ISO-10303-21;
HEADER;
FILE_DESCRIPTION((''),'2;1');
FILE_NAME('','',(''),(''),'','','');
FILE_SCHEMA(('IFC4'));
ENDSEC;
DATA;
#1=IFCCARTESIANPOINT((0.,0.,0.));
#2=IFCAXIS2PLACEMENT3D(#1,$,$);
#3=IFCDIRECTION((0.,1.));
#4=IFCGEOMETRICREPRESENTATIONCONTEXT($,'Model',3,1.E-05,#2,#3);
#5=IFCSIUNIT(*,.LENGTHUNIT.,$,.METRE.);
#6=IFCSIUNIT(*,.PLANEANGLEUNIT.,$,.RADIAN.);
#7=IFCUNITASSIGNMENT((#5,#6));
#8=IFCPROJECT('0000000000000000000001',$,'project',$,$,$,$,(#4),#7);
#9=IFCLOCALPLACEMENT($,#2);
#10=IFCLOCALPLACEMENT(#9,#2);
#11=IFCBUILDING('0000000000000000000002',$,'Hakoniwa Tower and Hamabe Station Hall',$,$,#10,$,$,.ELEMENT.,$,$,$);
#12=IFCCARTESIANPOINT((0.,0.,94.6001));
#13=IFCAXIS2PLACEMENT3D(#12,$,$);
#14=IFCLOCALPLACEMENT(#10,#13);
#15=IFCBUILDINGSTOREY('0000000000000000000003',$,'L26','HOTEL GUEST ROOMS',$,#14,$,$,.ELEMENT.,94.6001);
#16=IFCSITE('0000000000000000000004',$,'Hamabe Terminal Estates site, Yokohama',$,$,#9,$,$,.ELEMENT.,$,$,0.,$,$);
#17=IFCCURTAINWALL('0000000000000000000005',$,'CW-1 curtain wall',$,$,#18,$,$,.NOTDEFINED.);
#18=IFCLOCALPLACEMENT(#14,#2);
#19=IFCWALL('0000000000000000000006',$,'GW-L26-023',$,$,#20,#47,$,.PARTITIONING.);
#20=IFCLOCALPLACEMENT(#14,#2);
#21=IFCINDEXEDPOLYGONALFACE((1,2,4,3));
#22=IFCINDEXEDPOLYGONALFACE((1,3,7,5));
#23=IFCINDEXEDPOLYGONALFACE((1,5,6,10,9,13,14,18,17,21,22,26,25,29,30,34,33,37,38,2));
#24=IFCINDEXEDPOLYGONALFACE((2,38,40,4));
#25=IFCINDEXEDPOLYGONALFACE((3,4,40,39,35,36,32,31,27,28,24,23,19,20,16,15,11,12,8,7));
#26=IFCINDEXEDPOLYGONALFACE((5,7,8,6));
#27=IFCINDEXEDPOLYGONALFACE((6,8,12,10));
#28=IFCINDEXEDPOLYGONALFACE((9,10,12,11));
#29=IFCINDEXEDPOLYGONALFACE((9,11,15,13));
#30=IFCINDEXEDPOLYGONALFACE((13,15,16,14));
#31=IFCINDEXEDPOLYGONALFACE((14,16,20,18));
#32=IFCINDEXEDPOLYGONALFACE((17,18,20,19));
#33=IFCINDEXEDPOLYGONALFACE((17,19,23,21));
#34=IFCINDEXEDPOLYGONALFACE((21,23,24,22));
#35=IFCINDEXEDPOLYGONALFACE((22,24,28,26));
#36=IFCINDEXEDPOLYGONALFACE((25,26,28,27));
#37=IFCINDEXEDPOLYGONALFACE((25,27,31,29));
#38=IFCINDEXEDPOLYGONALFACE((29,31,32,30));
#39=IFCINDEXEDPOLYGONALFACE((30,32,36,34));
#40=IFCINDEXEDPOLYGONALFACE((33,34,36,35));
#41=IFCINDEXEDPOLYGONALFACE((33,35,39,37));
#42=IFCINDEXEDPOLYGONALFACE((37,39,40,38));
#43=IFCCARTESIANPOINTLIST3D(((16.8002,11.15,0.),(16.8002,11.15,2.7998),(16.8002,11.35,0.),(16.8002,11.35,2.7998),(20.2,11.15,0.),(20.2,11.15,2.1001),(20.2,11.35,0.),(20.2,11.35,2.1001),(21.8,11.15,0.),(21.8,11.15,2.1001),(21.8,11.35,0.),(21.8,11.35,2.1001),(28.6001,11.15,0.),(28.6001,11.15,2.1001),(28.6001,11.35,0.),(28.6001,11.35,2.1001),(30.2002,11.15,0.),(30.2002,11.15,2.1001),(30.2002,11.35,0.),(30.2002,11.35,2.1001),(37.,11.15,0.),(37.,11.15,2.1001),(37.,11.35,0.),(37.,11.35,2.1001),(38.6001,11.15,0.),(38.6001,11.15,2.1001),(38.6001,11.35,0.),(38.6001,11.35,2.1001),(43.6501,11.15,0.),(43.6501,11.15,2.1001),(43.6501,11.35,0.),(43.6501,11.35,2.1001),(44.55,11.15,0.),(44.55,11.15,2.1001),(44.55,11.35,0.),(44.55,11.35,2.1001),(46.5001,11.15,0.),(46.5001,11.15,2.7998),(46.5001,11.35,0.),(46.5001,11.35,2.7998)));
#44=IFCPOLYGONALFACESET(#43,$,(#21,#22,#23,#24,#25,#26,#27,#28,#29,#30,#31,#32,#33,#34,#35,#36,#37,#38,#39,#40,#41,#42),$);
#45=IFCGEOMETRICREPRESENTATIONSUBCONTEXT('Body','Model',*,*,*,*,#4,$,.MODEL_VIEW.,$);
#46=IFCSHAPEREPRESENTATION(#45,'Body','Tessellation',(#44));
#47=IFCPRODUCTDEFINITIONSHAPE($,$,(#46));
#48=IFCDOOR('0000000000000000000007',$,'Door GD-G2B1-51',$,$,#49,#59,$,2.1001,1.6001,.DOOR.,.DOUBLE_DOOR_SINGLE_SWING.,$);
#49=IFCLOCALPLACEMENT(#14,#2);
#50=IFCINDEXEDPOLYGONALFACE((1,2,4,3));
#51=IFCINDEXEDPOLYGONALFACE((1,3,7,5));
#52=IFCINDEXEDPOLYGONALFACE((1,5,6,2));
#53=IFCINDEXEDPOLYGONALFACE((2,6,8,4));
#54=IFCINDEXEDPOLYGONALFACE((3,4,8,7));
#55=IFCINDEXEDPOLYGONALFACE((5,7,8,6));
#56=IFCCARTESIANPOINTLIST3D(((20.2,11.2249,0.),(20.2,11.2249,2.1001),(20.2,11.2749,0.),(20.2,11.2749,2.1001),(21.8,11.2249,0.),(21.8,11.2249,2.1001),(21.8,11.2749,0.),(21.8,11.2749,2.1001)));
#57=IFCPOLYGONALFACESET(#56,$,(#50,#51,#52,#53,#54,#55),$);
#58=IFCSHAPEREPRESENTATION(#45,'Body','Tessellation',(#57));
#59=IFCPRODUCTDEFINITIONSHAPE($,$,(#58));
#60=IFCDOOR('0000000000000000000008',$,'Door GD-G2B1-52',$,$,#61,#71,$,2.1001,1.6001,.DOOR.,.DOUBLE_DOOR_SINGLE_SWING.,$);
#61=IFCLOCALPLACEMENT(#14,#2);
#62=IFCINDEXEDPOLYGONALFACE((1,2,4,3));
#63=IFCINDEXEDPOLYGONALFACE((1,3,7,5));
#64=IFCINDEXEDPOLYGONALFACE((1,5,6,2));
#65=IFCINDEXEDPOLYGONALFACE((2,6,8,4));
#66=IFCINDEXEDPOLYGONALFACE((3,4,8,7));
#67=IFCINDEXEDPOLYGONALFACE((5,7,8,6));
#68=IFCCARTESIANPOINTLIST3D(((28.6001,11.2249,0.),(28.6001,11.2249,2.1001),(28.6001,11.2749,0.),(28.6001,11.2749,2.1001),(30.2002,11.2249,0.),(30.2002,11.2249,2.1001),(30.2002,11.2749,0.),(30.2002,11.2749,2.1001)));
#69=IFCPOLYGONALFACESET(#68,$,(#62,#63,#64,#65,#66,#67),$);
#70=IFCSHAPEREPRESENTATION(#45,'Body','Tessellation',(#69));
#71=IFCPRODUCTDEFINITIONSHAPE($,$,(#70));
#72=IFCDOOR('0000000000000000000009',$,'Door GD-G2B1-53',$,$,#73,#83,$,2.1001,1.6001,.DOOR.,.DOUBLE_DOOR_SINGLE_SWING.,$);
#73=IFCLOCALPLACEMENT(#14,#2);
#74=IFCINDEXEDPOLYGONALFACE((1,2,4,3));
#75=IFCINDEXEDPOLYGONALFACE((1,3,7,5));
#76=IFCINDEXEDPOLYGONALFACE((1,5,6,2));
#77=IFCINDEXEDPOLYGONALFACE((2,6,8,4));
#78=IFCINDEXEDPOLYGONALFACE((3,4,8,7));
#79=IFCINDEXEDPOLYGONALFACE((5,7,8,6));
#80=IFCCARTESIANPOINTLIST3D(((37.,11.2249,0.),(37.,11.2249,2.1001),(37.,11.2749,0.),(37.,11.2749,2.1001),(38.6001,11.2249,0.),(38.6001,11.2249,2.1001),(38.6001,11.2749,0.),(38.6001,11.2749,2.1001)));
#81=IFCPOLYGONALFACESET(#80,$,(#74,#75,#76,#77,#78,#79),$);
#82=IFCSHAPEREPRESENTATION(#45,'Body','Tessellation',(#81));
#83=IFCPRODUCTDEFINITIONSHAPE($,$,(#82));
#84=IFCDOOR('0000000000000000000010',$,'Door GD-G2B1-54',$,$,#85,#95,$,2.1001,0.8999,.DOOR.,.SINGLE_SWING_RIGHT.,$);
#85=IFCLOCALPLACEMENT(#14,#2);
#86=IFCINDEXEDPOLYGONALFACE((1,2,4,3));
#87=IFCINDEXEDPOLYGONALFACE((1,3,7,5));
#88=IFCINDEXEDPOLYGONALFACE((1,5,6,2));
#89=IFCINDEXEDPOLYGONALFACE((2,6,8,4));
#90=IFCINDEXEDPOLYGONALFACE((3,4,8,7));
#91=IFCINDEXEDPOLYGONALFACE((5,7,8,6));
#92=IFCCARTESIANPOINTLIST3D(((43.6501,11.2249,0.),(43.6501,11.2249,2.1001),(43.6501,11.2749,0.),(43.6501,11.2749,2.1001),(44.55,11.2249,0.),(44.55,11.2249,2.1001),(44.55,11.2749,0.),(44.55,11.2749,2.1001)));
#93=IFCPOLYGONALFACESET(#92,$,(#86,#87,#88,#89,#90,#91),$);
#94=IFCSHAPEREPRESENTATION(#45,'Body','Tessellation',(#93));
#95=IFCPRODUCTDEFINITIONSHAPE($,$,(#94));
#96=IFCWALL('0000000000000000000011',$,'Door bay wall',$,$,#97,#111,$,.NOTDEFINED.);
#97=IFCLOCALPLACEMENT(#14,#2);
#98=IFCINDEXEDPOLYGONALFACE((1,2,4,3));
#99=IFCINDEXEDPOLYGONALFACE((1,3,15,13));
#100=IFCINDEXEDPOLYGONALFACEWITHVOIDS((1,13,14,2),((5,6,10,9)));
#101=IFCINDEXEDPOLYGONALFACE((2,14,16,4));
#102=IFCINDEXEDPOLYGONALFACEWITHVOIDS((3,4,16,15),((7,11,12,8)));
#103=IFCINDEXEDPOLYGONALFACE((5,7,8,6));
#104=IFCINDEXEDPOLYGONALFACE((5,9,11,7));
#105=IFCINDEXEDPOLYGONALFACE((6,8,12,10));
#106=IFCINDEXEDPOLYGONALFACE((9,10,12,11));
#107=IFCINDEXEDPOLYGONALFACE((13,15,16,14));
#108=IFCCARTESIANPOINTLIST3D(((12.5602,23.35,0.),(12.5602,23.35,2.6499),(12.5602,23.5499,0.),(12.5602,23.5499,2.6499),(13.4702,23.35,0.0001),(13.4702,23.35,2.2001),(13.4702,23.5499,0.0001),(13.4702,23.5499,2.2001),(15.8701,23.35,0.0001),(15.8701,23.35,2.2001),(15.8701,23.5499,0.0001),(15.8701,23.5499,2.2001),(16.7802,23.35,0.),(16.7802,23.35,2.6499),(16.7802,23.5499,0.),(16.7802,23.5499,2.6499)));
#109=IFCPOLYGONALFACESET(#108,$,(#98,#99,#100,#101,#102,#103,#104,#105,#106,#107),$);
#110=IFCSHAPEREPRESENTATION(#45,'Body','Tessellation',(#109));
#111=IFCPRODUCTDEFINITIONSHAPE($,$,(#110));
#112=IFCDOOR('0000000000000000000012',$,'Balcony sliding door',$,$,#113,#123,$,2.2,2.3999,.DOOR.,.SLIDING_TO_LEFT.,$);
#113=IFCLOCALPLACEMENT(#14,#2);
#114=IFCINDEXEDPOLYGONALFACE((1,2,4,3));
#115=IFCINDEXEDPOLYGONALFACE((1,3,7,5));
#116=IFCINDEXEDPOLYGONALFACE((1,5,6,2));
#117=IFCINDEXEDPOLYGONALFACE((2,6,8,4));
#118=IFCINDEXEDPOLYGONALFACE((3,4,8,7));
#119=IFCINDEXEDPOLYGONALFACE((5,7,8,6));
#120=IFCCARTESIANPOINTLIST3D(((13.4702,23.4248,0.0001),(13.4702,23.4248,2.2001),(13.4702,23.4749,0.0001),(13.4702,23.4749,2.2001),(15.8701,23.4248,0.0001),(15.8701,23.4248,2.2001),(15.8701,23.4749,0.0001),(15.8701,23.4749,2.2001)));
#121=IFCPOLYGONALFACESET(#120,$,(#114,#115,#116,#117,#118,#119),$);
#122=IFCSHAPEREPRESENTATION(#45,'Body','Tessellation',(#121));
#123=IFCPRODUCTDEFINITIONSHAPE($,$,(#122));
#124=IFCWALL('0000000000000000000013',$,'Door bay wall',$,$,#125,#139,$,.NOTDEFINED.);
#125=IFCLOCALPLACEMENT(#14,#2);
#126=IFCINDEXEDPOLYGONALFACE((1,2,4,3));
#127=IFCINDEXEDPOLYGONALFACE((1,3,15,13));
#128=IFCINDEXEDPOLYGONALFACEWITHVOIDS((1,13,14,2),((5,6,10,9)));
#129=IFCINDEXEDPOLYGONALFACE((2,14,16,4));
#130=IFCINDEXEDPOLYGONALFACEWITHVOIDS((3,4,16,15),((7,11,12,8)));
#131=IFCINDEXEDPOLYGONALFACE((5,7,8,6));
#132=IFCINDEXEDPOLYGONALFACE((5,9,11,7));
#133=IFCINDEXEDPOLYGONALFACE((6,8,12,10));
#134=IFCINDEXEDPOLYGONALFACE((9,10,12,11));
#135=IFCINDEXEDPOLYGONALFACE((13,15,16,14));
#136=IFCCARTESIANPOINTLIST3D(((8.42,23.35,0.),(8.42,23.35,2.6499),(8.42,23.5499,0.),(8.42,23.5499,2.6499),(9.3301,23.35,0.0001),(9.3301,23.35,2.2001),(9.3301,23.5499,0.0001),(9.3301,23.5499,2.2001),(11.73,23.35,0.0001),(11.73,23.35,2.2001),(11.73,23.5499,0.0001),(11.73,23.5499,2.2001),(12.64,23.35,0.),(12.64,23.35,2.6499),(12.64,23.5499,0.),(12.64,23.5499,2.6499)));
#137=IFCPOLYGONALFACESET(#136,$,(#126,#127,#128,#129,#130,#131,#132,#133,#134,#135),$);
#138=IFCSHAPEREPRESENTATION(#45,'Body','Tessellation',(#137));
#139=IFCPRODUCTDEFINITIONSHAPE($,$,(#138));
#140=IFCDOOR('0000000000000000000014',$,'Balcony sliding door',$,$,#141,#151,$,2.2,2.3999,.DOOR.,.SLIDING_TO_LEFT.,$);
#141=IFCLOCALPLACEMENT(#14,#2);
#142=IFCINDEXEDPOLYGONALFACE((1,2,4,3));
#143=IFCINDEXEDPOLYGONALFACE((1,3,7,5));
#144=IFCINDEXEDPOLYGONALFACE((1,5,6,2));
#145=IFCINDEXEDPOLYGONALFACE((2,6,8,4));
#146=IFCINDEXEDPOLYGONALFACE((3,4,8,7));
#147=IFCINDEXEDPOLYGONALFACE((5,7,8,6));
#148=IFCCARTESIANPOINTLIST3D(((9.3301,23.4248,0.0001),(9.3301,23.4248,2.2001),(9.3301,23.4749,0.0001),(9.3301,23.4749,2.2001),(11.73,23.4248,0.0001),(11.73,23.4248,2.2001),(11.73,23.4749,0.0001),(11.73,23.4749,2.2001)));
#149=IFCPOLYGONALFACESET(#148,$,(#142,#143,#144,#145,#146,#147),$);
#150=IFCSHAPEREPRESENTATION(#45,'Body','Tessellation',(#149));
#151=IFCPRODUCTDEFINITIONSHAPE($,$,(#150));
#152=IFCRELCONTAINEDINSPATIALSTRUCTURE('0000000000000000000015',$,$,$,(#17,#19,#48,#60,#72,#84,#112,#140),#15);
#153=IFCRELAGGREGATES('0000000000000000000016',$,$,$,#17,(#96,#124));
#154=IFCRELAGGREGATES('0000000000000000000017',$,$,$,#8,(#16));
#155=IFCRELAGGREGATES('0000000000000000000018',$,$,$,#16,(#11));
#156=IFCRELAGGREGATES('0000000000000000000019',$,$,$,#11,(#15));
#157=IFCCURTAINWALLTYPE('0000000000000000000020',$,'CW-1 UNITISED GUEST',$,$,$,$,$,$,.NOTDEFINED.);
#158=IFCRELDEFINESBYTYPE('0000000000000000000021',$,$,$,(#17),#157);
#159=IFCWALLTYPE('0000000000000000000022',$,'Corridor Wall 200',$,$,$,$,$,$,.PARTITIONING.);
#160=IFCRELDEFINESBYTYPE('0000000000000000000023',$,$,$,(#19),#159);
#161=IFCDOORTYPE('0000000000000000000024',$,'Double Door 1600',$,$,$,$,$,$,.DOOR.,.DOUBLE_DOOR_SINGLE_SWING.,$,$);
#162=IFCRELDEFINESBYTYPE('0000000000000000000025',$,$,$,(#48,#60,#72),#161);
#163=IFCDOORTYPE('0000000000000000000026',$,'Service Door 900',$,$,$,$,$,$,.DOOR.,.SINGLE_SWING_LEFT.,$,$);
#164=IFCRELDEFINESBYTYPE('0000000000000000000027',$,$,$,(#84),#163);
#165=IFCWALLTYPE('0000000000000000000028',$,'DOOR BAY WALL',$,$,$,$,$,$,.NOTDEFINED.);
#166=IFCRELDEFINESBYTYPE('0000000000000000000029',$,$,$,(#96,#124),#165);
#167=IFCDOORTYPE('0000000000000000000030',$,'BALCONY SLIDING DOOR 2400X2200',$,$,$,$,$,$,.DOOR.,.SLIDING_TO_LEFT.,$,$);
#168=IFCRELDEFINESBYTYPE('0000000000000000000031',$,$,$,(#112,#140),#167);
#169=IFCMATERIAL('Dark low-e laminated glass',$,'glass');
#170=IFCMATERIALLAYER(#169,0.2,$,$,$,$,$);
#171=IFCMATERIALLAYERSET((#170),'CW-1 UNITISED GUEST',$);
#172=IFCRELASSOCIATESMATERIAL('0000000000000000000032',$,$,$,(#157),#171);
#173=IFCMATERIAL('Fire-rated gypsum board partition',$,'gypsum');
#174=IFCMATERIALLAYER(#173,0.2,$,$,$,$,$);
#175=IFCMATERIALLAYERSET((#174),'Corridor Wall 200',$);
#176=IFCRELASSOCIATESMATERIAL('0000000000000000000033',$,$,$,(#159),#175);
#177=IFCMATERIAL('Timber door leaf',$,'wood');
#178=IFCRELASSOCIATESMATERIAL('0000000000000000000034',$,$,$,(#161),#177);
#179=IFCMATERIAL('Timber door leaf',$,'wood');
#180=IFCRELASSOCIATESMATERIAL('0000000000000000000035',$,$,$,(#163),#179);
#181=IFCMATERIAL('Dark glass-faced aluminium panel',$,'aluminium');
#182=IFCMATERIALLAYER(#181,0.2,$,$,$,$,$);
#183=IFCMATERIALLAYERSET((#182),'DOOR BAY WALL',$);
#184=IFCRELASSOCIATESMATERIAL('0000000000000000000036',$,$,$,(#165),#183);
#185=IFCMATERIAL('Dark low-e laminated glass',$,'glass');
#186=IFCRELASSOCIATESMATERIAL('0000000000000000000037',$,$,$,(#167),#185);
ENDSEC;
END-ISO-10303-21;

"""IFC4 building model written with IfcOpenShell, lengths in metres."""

from ifc_helpers import new_model, si_unit, direction, frame, frame_2d, origin, place, context, subcontext, project, spatial, rectangle, extrude, material, layer, layer_set, type_object, element, fill, aggregate, save


model = new_model("IFC4")

# Units and contexts
model_context = context("Model", 3, precision=1e-05, world=origin(), true_north=direction((0.0, 1.0)))
body_context = subcontext(model_context, "Body", "Model", "MODEL_VIEW")
ifc_project = project(units=[si_unit("LENGTHUNIT", "METRE"), si_unit("PLANEANGLEUNIT", "RADIAN")], contexts=[model_context])

# Site, building, storey
site_placement = place(None, origin())
site = spatial("IfcSite", under=ifc_project, at=site_placement, Name="Hamabe Terminal Estates site, Yokohama", CompositionType="ELEMENT", RefElevation=0.0)
building_placement = place(site_placement, origin())
building = spatial("IfcBuilding", under=site, at=building_placement, Name="Hakoniwa Tower and Hamabe Station Hall", CompositionType="ELEMENT")
storey_placement = place(building_placement, frame((0.0, 0.0, 94.6001)))
storey = spatial("IfcBuildingStorey", under=building, at=storey_placement, Name="L26", Description="HOTEL GUEST ROOMS", CompositionType="ELEMENT", Elevation=94.6001)

# Curtain wall
ifc_material_1 = material(Name="Dark low-e laminated glass", Category="glass")
ifc_layer_1 = layer(ifc_material_1, 0.2)
ifc_layer_set_1 = layer_set([ifc_layer_1], Name="CW-1 UNITISED GUEST")
curtain_wall_type = type_object("IfcCurtainWallType", Name="CW-1 UNITISED GUEST", PredefinedType="NOTDEFINED", material=ifc_layer_set_1)
curtain_wall_placement = place(storey_placement, origin())
curtain_wall = element("IfcCurtainWall", 1, at=curtain_wall_placement, inside=storey, type_object=curtain_wall_type, Name="CW-1 curtain wall", PredefinedType="NOTDEFINED")

# Wall, openings, doors
ifc_material_2 = material(Name="Fire-rated gypsum board partition", Category="gypsum")
ifc_layer_2 = layer(ifc_material_2, 0.2)
ifc_layer_set_2 = layer_set([ifc_layer_2], Name="Corridor Wall 200")
wall_type_1 = type_object("IfcWallType", Name="Corridor Wall 200", PredefinedType="PARTITIONING", material=ifc_layer_set_2)
wall_1_placement = place(storey_placement, frame((16.8, 11.25, 0.0), z_axis=(0.0, 0.0, 1.0), x_axis=(1.0, 0.0, 0.0)))
wall_1 = element("IfcWall", 2, at=wall_1_placement, inside=storey, type_object=wall_type_1, Name="GW-L26-023", PredefinedType="PARTITIONING", context=body_context, shape_type="SweptSolid", body=[
    extrude(rectangle(XDim=29.7, YDim=0.2, at=frame_2d((14.8501, 0.0))), origin(), (0.0, 0.0, 1.0), 2.7998),
])
opening_1_placement = place(wall_1_placement, frame((3.3999, 0.0, 0.0)))
opening_1 = element("IfcOpeningElement", 3, at=opening_1_placement, cuts=wall_1, PredefinedType="OPENING", context=body_context, shape_type="SweptSolid", body=[
    extrude(rectangle(XDim=1.6001, YDim=2.1001, at=frame_2d((0.8, 1.05))), frame((0.0, 0.1099, 0.0), z_axis=(0.0, -1.0, 0.0), x_axis=(1.0, 0.0, 0.0)), (0.0, 0.0, 1.0), 0.22),
])
opening_2_placement = place(wall_1_placement, frame((11.8, 0.0, 0.0)))
opening_2 = element("IfcOpeningElement", 4, at=opening_2_placement, cuts=wall_1, PredefinedType="OPENING", context=body_context, shape_type="SweptSolid", body=[
    extrude(rectangle(XDim=1.6001, YDim=2.1001, at=frame_2d((0.8, 1.05))), frame((0.0, 0.1099, 0.0), z_axis=(0.0, -1.0, 0.0), x_axis=(1.0, 0.0, 0.0)), (0.0, 0.0, 1.0), 0.22),
])
opening_3_placement = place(wall_1_placement, frame((20.2, 0.0, 0.0)))
opening_3 = element("IfcOpeningElement", 5, at=opening_3_placement, cuts=wall_1, PredefinedType="OPENING", context=body_context, shape_type="SweptSolid", body=[
    extrude(rectangle(XDim=1.6001, YDim=2.1001, at=frame_2d((0.8, 1.05))), frame((0.0, 0.1099, 0.0), z_axis=(0.0, -1.0, 0.0), x_axis=(1.0, 0.0, 0.0)), (0.0, 0.0, 1.0), 0.22),
])
opening_4_placement = place(wall_1_placement, frame((26.8501, 0.0, 0.0)))
opening_4 = element("IfcOpeningElement", 6, at=opening_4_placement, cuts=wall_1, PredefinedType="OPENING", context=body_context, shape_type="SweptSolid", body=[
    extrude(rectangle(XDim=0.8999, YDim=2.1001, at=frame_2d((0.45, 1.05))), frame((0.0, 0.1099, 0.0), z_axis=(0.0, -1.0, 0.0), x_axis=(1.0, 0.0, 0.0)), (0.0, 0.0, 1.0), 0.22),
])
ifc_material_3 = material(Name="Timber door leaf", Category="wood")
door_type_1 = type_object("IfcDoorType", Name="Double Door 1600", OperationType="DOUBLE_DOOR_SINGLE_SWING", PredefinedType="DOOR", material=ifc_material_3)
door_1_placement = place(opening_1_placement, origin())
door_1 = element("IfcDoor", 7, at=door_1_placement, inside=storey, type_object=door_type_1, Name="Door GD-G2B1-51", OperationType="DOUBLE_DOOR_SINGLE_SWING", OverallHeight=2.1001, OverallWidth=1.6001, PredefinedType="DOOR", context=body_context, shape_type="SweptSolid", body=[
    extrude(rectangle(XDim=1.6001, YDim=2.1001, at=frame_2d((0.8, 1.05))), frame((0.0, 0.0249, 0.0), z_axis=(0.0, -1.0, 0.0), x_axis=(1.0, 0.0, 0.0)), (0.0, 0.0, 1.0), 0.05),
])
fill(opening_1, door_1)
door_2_placement = place(opening_2_placement, origin())
door_2 = element("IfcDoor", 8, at=door_2_placement, inside=storey, type_object=door_type_1, Name="Door GD-G2B1-52", OperationType="DOUBLE_DOOR_SINGLE_SWING", OverallHeight=2.1001, OverallWidth=1.6001, PredefinedType="DOOR", context=body_context, shape_type="SweptSolid", body=[
    extrude(rectangle(XDim=1.6001, YDim=2.1001, at=frame_2d((0.8, 1.05))), frame((0.0, 0.0249, 0.0), z_axis=(0.0, -1.0, 0.0), x_axis=(1.0, 0.0, 0.0)), (0.0, 0.0, 1.0), 0.05),
])
fill(opening_2, door_2)
door_3_placement = place(opening_3_placement, origin())
door_3 = element("IfcDoor", 9, at=door_3_placement, inside=storey, type_object=door_type_1, Name="Door GD-G2B1-53", OperationType="DOUBLE_DOOR_SINGLE_SWING", OverallHeight=2.1001, OverallWidth=1.6001, PredefinedType="DOOR", context=body_context, shape_type="SweptSolid", body=[
    extrude(rectangle(XDim=1.6001, YDim=2.1001, at=frame_2d((0.8, 1.05))), frame((0.0, 0.0249, 0.0), z_axis=(0.0, -1.0, 0.0), x_axis=(1.0, 0.0, 0.0)), (0.0, 0.0, 1.0), 0.05),
])
fill(opening_3, door_3)
ifc_material_4 = material(Name="Timber door leaf", Category="wood")
door_type_2 = type_object("IfcDoorType", Name="Service Door 900", OperationType="SINGLE_SWING_LEFT", PredefinedType="DOOR", material=ifc_material_4)
door_4_placement = place(opening_4_placement, origin())
door_4 = element("IfcDoor", 10, at=door_4_placement, inside=storey, type_object=door_type_2, Name="Door GD-G2B1-54", OperationType="SINGLE_SWING_RIGHT", OverallHeight=2.1001, OverallWidth=0.8999, PredefinedType="DOOR", context=body_context, shape_type="SweptSolid", body=[
    extrude(rectangle(XDim=0.8999, YDim=2.1001, at=frame_2d((0.45, 1.05))), frame((0.0, 0.0249, 0.0), z_axis=(0.0, -1.0, 0.0), x_axis=(1.0, 0.0, 0.0)), (0.0, 0.0, 1.0), 0.05),
])
fill(opening_4, door_4)

# Walls, openings, doors
ifc_material_5 = material(Name="Dark glass-faced aluminium panel", Category="aluminium")
ifc_layer_3 = layer(ifc_material_5, 0.2)
ifc_layer_set_3 = layer_set([ifc_layer_3], Name="DOOR BAY WALL")
wall_type_2 = type_object("IfcWallType", Name="DOOR BAY WALL", PredefinedType="NOTDEFINED", material=ifc_layer_set_3)
wall_2_placement = place(storey_placement, frame((16.78, 23.45, 0.0), z_axis=(0.0, 0.0, 1.0), x_axis=(-1.0, 0.0, 0.0)))
wall_2 = element("IfcWall", 11, at=wall_2_placement, type_object=wall_type_2, Name="Door bay wall", PredefinedType="NOTDEFINED", context=body_context, shape_type="SweptSolid", body=[
    extrude(rectangle(XDim=4.22, YDim=0.2, at=frame_2d((2.1099, 0.0))), origin(), (0.0, 0.0, 1.0), 2.6499),
])
opening_5_placement = place(wall_2_placement, frame((0.9099, 0.0, 0.0)))
opening_5 = element("IfcOpeningElement", 12, at=opening_5_placement, cuts=wall_2, PredefinedType="OPENING", context=body_context, shape_type="SweptSolid", body=[
    extrude(rectangle(XDim=2.3999, YDim=2.2, at=frame_2d((1.2, 1.1001))), frame((0.0, 0.1099, 0.0), z_axis=(0.0, -1.0, 0.0), x_axis=(1.0, 0.0, 0.0)), (0.0, 0.0, 1.0), 0.22),
])
ifc_material_6 = material(Name="Dark low-e laminated glass", Category="glass")
door_type_3 = type_object("IfcDoorType", Name="BALCONY SLIDING DOOR 2400X2200", OperationType="SLIDING_TO_LEFT", PredefinedType="DOOR", material=ifc_material_6)
door_5_placement = place(opening_5_placement, frame((2.3999, 0.0, 0.0), z_axis=(0.0, 0.0, 1.0), x_axis=(-1.0, 0.0, 0.0)))
door_5 = element("IfcDoor", 13, at=door_5_placement, inside=storey, type_object=door_type_3, Name="Balcony sliding door", OperationType="SLIDING_TO_LEFT", OverallHeight=2.2, OverallWidth=2.3999, PredefinedType="DOOR", context=body_context, shape_type="SweptSolid", body=[
    extrude(rectangle(XDim=2.3999, YDim=2.2, at=frame_2d((1.2, 1.1001))), frame((0.0, 0.0249, 0.0), z_axis=(0.0, -1.0, 0.0), x_axis=(1.0, 0.0, 0.0)), (0.0, 0.0, 1.0), 0.05),
])
fill(opening_5, door_5)
wall_3_placement = place(storey_placement, frame((12.6399, 23.45, 0.0), z_axis=(0.0, 0.0, 1.0), x_axis=(-1.0, 0.0, 0.0)))
wall_3 = element("IfcWall", 14, at=wall_3_placement, type_object=wall_type_2, Name="Door bay wall", PredefinedType="NOTDEFINED", context=body_context, shape_type="SweptSolid", body=[
    extrude(rectangle(XDim=4.22, YDim=0.2, at=frame_2d((2.1099, 0.0))), origin(), (0.0, 0.0, 1.0), 2.6499),
])
opening_6_placement = place(wall_3_placement, frame((0.9099, 0.0, 0.0)))
opening_6 = element("IfcOpeningElement", 15, at=opening_6_placement, cuts=wall_3, PredefinedType="OPENING", context=body_context, shape_type="SweptSolid", body=[
    extrude(rectangle(XDim=2.3999, YDim=2.2, at=frame_2d((1.2, 1.1001))), frame((0.0, 0.1099, 0.0), z_axis=(0.0, -1.0, 0.0), x_axis=(1.0, 0.0, 0.0)), (0.0, 0.0, 1.0), 0.22),
])
door_6_placement = place(opening_6_placement, frame((2.3999, 0.0, 0.0), z_axis=(0.0, 0.0, 1.0), x_axis=(-1.0, 0.0, 0.0)))
door_6 = element("IfcDoor", 16, at=door_6_placement, inside=storey, type_object=door_type_3, Name="Balcony sliding door", OperationType="SLIDING_TO_LEFT", OverallHeight=2.2, OverallWidth=2.3999, PredefinedType="DOOR", context=body_context, shape_type="SweptSolid", body=[
    extrude(rectangle(XDim=2.3999, YDim=2.2, at=frame_2d((1.2, 1.1001))), frame((0.0, 0.0249, 0.0), z_axis=(0.0, -1.0, 0.0), x_axis=(1.0, 0.0, 0.0)), (0.0, 0.0, 1.0), 0.05),
])
fill(opening_6, door_6)
aggregate(curtain_wall, [wall_2, wall_3])

save(model, "model.ifc")
